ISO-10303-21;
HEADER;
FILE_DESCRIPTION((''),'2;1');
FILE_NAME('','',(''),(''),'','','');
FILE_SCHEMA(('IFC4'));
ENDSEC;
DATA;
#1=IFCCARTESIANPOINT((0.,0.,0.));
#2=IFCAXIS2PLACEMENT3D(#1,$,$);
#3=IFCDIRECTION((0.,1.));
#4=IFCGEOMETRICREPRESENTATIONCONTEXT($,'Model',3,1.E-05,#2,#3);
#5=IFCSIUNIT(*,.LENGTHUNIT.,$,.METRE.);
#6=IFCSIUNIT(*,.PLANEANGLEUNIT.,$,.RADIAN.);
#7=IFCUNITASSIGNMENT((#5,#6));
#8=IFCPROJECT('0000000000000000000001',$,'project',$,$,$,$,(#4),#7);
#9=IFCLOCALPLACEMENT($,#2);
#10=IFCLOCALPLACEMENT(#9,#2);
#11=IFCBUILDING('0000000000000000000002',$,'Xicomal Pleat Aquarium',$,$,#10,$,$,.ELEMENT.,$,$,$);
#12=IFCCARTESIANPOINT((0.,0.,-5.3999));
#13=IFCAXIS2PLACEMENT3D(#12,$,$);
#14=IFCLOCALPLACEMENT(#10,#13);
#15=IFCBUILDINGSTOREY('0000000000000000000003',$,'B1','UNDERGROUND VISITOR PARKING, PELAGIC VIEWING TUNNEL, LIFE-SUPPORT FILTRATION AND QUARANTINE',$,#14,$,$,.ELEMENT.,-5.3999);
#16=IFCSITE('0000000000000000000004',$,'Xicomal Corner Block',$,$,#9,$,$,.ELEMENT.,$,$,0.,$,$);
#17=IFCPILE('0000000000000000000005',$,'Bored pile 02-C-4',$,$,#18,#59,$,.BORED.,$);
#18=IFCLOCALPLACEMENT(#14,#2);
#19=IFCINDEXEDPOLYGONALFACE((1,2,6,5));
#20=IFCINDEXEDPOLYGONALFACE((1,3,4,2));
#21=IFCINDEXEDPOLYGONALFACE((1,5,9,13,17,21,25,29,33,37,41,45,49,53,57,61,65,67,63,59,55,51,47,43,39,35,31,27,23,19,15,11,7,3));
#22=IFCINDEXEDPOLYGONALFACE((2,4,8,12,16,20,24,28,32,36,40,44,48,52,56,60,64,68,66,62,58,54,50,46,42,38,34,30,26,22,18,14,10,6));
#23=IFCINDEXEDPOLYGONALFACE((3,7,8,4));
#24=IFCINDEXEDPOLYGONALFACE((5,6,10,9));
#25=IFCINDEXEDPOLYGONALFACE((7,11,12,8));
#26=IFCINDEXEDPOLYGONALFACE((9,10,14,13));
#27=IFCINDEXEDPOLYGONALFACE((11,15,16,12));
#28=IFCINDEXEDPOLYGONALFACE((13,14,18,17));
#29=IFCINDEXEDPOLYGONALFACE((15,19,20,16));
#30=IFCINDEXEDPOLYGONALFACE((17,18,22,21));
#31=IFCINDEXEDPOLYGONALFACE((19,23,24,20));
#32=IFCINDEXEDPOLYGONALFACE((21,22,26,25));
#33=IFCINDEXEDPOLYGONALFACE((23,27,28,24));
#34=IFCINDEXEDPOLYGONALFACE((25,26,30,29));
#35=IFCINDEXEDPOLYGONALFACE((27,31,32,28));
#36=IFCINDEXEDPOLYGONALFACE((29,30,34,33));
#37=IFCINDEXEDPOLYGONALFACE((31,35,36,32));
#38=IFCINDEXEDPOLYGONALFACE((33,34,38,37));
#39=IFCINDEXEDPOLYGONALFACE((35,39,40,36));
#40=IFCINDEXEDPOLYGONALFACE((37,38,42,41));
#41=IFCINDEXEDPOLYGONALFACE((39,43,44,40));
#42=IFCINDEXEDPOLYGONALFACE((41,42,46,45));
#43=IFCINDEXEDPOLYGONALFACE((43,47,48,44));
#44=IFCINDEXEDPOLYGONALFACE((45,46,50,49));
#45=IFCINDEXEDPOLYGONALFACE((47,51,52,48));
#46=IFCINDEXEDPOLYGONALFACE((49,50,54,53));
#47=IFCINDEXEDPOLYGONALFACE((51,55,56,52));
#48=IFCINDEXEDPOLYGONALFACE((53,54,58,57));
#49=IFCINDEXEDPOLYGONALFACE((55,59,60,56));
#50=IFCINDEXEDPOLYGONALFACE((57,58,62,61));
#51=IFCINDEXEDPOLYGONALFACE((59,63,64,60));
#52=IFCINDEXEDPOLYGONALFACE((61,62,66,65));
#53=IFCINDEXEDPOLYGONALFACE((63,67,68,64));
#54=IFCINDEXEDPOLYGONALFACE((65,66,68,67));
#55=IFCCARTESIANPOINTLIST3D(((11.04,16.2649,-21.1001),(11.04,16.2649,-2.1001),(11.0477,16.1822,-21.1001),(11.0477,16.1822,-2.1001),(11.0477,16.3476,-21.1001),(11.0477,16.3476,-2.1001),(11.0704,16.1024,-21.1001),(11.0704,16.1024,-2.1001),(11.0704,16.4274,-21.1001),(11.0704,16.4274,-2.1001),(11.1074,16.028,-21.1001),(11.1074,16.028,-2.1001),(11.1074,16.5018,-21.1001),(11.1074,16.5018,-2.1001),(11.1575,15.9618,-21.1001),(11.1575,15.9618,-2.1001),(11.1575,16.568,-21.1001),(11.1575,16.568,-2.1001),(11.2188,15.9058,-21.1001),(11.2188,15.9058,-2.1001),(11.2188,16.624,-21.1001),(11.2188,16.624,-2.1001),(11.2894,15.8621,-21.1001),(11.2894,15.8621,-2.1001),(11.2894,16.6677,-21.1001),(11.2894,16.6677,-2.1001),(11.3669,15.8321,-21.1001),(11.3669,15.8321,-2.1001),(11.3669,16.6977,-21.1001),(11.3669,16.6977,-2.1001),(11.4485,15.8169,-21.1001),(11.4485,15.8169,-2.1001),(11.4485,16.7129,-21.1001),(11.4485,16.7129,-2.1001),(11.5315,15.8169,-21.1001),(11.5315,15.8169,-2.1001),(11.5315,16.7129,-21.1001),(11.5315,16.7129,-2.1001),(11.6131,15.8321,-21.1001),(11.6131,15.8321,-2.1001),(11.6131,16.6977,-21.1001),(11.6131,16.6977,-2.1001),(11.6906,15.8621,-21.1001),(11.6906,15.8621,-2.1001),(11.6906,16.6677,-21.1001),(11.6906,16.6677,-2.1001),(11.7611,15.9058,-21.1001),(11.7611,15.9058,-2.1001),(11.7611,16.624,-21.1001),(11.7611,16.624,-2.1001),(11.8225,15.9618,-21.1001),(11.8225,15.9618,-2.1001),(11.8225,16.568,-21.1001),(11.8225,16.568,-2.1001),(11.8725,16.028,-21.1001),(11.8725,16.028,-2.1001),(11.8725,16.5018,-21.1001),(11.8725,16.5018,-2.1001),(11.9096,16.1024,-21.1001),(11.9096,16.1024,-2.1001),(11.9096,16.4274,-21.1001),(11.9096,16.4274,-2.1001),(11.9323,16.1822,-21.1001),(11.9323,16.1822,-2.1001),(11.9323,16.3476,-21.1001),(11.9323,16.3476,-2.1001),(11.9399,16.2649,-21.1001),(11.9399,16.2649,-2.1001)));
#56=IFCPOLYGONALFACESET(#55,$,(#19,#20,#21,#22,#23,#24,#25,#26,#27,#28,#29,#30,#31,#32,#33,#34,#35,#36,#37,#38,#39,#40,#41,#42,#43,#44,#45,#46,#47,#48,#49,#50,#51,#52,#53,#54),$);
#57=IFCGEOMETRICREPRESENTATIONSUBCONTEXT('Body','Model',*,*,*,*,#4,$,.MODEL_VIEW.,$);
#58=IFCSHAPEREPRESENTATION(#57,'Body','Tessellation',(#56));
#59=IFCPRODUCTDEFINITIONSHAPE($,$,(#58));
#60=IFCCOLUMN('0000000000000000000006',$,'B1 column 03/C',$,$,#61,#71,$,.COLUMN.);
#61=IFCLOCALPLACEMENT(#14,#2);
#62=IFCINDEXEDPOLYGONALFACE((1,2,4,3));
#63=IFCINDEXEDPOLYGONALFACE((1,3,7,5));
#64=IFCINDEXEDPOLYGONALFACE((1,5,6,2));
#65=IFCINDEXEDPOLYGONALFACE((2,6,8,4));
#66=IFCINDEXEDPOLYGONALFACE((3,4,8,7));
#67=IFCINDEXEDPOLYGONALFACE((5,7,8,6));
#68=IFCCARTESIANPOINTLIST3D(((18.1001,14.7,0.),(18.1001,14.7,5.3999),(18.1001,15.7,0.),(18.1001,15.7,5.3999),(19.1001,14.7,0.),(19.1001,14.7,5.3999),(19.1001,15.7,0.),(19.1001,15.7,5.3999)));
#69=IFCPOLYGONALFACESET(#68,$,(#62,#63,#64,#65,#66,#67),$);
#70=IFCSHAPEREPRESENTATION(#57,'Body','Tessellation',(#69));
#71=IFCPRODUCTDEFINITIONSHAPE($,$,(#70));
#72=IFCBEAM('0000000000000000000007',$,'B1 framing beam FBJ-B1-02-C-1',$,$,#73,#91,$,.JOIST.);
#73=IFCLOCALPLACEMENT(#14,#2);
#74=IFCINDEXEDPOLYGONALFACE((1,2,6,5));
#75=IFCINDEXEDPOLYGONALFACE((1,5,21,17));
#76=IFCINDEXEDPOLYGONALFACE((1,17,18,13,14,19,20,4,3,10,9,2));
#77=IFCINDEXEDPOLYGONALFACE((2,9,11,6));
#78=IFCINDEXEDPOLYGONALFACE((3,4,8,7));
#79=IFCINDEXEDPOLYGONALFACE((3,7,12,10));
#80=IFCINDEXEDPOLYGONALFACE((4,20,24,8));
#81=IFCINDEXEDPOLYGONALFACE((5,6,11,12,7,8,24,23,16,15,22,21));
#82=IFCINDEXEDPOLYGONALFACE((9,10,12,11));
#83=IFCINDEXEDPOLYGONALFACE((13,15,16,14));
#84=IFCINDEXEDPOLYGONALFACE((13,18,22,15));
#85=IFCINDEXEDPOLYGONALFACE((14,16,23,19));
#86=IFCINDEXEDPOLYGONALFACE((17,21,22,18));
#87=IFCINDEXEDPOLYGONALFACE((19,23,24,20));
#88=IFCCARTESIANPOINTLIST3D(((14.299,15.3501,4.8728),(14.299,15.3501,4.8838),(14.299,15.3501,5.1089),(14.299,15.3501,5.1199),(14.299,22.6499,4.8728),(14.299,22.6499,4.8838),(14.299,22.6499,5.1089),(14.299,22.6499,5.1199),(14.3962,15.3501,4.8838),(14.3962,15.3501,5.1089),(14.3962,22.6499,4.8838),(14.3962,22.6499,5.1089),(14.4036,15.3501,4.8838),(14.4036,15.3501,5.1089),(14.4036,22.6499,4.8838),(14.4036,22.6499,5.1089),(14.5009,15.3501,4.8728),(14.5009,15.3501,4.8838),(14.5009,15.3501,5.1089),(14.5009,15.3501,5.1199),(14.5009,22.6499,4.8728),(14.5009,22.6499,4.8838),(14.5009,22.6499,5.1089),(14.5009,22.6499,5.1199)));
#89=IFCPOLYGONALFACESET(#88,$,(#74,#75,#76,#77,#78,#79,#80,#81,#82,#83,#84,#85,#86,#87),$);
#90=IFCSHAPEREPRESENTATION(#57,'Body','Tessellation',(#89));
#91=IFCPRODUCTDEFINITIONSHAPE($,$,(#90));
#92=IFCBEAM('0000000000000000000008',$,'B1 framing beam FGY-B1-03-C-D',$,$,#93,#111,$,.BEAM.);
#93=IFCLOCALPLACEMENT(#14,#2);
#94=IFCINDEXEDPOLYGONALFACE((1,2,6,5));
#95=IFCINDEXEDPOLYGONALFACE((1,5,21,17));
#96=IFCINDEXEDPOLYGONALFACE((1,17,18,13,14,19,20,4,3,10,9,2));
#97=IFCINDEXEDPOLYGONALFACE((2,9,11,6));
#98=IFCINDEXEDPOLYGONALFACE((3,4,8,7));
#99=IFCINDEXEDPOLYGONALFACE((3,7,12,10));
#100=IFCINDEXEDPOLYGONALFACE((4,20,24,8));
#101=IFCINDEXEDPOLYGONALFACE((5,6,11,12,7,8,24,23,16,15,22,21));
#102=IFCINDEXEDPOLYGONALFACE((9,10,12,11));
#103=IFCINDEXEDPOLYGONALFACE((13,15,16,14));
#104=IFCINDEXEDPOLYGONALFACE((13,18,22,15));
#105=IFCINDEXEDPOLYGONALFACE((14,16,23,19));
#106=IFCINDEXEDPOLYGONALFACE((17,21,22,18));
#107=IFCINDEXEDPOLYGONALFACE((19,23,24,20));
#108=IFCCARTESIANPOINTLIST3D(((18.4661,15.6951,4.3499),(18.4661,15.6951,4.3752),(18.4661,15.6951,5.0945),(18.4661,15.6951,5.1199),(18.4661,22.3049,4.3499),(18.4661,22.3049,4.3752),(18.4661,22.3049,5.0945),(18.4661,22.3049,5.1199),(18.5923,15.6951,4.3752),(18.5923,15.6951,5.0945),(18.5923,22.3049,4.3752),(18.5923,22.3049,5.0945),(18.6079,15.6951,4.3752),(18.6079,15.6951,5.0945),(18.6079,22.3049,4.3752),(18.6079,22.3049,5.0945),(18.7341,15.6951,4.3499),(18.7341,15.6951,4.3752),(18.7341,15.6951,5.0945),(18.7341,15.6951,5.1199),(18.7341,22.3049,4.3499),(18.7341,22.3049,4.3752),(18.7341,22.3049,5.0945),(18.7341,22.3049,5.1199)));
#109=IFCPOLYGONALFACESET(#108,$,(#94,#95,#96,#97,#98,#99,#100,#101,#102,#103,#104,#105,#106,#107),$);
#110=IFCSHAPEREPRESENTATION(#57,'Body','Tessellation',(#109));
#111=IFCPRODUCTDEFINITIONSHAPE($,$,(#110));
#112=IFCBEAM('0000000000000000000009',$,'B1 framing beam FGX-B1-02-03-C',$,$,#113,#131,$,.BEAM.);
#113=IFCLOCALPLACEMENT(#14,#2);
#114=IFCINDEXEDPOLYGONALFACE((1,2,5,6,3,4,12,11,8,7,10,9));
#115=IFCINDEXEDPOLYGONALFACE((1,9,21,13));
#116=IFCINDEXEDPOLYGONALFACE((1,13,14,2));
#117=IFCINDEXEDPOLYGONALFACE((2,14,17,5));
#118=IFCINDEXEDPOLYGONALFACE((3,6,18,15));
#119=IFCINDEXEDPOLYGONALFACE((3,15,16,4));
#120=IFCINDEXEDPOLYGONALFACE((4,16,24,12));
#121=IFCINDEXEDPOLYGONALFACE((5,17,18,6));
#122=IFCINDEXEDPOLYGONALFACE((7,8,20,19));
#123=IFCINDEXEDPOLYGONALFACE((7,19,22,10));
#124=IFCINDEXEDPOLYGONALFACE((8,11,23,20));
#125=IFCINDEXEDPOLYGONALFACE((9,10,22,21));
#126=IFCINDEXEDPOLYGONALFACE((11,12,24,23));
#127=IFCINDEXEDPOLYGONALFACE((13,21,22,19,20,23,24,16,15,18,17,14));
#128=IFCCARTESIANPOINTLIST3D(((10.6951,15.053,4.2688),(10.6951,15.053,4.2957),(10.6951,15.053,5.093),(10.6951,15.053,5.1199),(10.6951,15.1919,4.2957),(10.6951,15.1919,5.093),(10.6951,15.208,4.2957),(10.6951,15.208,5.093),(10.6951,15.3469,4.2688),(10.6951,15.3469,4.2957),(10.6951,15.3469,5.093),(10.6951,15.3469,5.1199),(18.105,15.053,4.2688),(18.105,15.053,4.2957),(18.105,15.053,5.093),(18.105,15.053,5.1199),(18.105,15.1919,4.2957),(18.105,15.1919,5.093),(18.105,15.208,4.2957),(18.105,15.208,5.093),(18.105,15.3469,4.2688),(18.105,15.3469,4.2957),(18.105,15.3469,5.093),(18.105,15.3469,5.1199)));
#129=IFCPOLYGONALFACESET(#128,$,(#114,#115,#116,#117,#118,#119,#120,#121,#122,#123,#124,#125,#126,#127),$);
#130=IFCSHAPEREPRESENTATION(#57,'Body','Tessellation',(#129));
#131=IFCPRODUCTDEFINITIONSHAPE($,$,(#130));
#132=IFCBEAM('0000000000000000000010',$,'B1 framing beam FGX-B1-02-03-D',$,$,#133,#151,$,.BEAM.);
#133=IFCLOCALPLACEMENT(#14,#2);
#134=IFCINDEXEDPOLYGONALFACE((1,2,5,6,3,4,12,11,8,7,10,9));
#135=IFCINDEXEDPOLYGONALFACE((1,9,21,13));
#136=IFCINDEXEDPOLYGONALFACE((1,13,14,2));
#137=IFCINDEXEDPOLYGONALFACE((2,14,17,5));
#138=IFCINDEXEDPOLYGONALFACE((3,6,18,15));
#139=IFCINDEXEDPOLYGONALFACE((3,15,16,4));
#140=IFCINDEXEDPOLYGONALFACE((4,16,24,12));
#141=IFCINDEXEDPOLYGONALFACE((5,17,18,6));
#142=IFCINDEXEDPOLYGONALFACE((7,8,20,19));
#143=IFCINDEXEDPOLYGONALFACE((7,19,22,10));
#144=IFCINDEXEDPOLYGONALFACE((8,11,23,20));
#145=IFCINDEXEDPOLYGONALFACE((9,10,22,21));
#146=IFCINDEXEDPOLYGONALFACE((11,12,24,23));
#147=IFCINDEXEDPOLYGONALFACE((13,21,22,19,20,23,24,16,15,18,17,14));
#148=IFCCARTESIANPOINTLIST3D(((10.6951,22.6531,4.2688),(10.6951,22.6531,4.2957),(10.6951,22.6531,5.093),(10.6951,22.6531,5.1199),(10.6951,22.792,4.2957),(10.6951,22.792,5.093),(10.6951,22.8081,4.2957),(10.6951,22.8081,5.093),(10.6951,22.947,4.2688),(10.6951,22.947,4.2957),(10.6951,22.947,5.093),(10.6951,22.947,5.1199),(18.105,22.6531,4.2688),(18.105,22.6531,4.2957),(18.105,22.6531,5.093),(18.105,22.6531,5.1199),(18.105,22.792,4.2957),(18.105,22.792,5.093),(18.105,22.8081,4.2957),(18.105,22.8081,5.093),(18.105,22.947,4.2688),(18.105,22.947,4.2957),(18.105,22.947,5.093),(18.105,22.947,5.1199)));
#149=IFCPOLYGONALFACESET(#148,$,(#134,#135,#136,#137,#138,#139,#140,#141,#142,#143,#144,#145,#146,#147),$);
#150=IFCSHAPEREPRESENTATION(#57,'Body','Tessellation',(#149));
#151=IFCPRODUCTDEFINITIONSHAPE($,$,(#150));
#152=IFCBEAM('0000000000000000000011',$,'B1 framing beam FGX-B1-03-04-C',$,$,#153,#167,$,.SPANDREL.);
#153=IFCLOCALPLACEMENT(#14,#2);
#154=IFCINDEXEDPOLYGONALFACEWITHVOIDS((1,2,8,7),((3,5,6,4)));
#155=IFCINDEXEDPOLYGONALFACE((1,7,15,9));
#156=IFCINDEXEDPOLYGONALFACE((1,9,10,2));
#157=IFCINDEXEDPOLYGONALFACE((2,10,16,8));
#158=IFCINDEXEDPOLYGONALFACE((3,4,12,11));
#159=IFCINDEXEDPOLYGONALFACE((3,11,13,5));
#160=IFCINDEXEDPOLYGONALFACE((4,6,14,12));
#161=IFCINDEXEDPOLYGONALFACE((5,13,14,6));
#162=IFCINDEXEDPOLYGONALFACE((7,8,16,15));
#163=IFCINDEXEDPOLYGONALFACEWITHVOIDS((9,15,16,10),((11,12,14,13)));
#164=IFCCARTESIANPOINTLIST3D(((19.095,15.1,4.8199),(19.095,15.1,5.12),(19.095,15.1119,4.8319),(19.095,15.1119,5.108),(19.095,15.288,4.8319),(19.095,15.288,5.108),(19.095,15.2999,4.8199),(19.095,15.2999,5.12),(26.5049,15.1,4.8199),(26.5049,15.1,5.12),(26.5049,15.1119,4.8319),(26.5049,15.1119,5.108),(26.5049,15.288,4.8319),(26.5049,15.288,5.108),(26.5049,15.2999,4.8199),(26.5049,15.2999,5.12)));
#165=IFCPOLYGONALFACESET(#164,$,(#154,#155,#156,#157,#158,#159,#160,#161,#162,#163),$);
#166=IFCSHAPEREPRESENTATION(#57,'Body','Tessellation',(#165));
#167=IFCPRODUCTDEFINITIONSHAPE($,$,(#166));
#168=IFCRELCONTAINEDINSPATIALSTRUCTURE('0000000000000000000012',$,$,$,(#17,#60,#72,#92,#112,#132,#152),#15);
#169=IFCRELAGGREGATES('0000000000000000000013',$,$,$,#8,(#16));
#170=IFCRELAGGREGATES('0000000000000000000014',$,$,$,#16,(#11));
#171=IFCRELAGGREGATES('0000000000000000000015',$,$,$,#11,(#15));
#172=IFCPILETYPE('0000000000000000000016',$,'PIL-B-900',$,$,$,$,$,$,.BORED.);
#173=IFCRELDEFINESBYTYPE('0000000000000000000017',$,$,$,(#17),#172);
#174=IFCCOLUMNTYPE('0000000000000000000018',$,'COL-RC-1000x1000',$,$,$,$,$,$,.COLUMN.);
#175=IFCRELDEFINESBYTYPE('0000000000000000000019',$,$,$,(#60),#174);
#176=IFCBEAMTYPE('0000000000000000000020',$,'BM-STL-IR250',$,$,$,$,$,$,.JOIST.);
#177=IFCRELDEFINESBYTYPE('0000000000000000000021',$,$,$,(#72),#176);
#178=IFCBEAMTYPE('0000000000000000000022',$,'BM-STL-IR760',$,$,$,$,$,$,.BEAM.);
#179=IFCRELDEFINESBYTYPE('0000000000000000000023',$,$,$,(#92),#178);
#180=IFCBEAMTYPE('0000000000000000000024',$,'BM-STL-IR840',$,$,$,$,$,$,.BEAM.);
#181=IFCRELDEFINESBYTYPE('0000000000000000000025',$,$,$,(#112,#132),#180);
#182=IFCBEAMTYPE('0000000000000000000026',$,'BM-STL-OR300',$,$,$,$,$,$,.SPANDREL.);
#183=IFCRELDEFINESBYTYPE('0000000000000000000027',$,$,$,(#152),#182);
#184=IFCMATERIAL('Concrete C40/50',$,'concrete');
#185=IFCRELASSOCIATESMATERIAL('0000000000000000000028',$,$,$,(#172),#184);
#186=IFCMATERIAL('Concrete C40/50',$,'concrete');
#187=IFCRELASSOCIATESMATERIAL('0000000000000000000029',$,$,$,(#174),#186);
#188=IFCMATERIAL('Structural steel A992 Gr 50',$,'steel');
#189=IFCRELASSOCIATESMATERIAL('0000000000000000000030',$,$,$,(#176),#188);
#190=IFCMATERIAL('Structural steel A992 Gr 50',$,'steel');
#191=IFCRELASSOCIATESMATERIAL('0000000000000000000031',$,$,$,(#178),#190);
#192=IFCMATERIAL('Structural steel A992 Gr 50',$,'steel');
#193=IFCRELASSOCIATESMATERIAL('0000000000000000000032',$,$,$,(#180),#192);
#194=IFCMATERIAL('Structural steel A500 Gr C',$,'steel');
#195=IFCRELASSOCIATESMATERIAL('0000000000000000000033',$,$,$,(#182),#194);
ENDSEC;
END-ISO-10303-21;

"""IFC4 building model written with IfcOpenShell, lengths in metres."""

from ifc_helpers import new_model, si_unit, direction, frame, origin, origin_2d, place, context, subcontext, project, spatial, rectangle, hollow_rectangle, circle, i_section, extrude, material, material_profile, profile_set, type_object, element, save


model = new_model("IFC4")

# Units and contexts
model_context = context("Model", 3, precision=1e-05, world=origin(), true_north=direction((0.0, 1.0)))
body_context = subcontext(model_context, "Body", "Model", "MODEL_VIEW")
ifc_project = project(units=[si_unit("LENGTHUNIT", "METRE"), si_unit("PLANEANGLEUNIT", "RADIAN")], contexts=[model_context])

# Site, building, storey
site_placement = place(None, origin())
site = spatial("IfcSite", under=ifc_project, at=site_placement, Name="Xicomal Corner Block", CompositionType="ELEMENT", RefElevation=0.0)
building_placement = place(site_placement, origin())
building = spatial("IfcBuilding", under=site, at=building_placement, Name="Xicomal Pleat Aquarium", CompositionType="ELEMENT")
storey_placement = place(building_placement, frame((0.0, 0.0, -5.3999)))
storey = spatial("IfcBuildingStorey", under=building, at=storey_placement, Name="B1", Description="UNDERGROUND VISITOR PARKING, PELAGIC VIEWING TUNNEL, LIFE-SUPPORT FILTRATION AND QUARANTINE", CompositionType="ELEMENT", Elevation=-5.3999)

# Pile
ifc_material_1 = material(Name="Concrete C40/50", Category="concrete")
ifc_material_profile_1 = material_profile(ifc_material_1, circle(Radius=0.45, at=origin_2d()), Name="BORED PILE D900")
ifc_profile_set_1 = profile_set([ifc_material_profile_1], Name="Concrete C40/50")
pile_type_1 = type_object("IfcPileType", Name="PIL-B-900", PredefinedType="BORED", material=ifc_profile_set_1)
for number, where, z_axis, x_axis, name in (
    (1, (11.49, 16.2649, -2.1001), (0.0, 0.0, -1.0), (1.0, 0.0, 0.0), "Bored pile 02-C-4"),
):
    element("IfcPile", number, at=place(storey_placement, frame(where, z_axis=z_axis, x_axis=x_axis)), inside=storey, type_object=pile_type_1, Name=name, PredefinedType="BORED", context=body_context, shape_type="SweptSolid", body=[
        extrude(circle(Radius=0.45, at=origin_2d()), origin(), (0.0, 0.0, 1.0), 19.0),
    ])

# Column
ifc_material_2 = material(Name="Concrete C40/50", Category="concrete")
ifc_material_profile_2 = material_profile(ifc_material_2, rectangle(XDim=1.0, YDim=1.0, at=origin_2d()), Name="RC 1000x1000")
ifc_profile_set_2 = profile_set([ifc_material_profile_2], Name="Concrete C40/50")
column_type = type_object("IfcColumnType", Name="COL-RC-1000x1000", PredefinedType="COLUMN", material=ifc_profile_set_2)
column_placement = place(storey_placement, frame((18.6001, 15.2, 0.0), z_axis=(0.0, 0.0, 1.0), x_axis=(1.0, 0.0, 0.0)))
element("IfcColumn", 2, at=column_placement, inside=storey, type_object=column_type, Name="B1 column 03/C", PredefinedType="COLUMN", context=body_context, shape_type="SweptSolid", body=[
    extrude(rectangle(XDim=1.0, YDim=1.0, at=origin_2d()), origin(), (0.0, 0.0, 1.0), 5.3999),
])

# Beams
ifc_material_3 = material(Name="Structural steel A992 Gr 50", Category="steel")
ifc_material_profile_3 = material_profile(ifc_material_3, i_section(OverallWidth=0.2019, OverallDepth=0.2471, WebThickness=0.0073, FlangeThickness=0.011, at=origin_2d()), Name="IR 250x49")
ifc_profile_set_3 = profile_set([ifc_material_profile_3], Name="Structural steel A992 Gr 50")
beam_type_1 = type_object("IfcBeamType", Name="BM-STL-IR250", PredefinedType="JOIST", material=ifc_profile_set_3)
beam_1_placement = place(storey_placement, frame((14.3999, 15.3501, 4.9963), z_axis=(0.0, 1.0, 0.0), x_axis=(-1.0, 0.0, 0.0)))
element("IfcBeam", 3, at=beam_1_placement, inside=storey, type_object=beam_type_1, Name="B1 framing beam FBJ-B1-02-C-1", PredefinedType="JOIST", context=body_context, shape_type="SweptSolid", body=[
    extrude(i_section(OverallWidth=0.2019, OverallDepth=0.2471, WebThickness=0.0073, FlangeThickness=0.011, at=origin_2d()), origin(), (0.0, 0.0, 1.0), 7.2998),
])
ifc_material_4 = material(Name="Structural steel A992 Gr 50", Category="steel")
ifc_material_profile_4 = material_profile(ifc_material_4, i_section(OverallWidth=0.2681, OverallDepth=0.77, WebThickness=0.0156, FlangeThickness=0.0254, at=origin_2d()), Name="IR 760x196")
ifc_profile_set_4 = profile_set([ifc_material_profile_4], Name="Structural steel A992 Gr 50")
beam_type_2 = type_object("IfcBeamType", Name="BM-STL-IR760", PredefinedType="BEAM", material=ifc_profile_set_4)
beam_2_placement = place(storey_placement, frame((18.6001, 15.6951, 4.7349), z_axis=(0.0, 1.0, 0.0), x_axis=(-1.0, 0.0, 0.0)))
element("IfcBeam", 4, at=beam_2_placement, inside=storey, type_object=beam_type_2, Name="B1 framing beam FGY-B1-03-C-D", PredefinedType="BEAM", context=body_context, shape_type="SweptSolid", body=[
    extrude(i_section(OverallWidth=0.2681, OverallDepth=0.77, WebThickness=0.0156, FlangeThickness=0.0254, at=origin_2d()), origin(), (0.0, 0.0, 1.0), 6.6099),
])
ifc_material_5 = material(Name="Structural steel A992 Gr 50", Category="steel")
ifc_material_profile_5 = material_profile(ifc_material_5, i_section(OverallWidth=0.2939, OverallDepth=0.8511, WebThickness=0.0161, FlangeThickness=0.0269, at=origin_2d()), Name="IR 840x226")
ifc_profile_set_5 = profile_set([ifc_material_profile_5], Name="Structural steel A992 Gr 50")
beam_type_3 = type_object("IfcBeamType", Name="BM-STL-IR840", PredefinedType="BEAM", material=ifc_profile_set_5)
for number, where, z_axis, x_axis, name in (
    (5, (10.6951, 15.2, 4.6943), (1.0, 0.0, 0.0), (0.0, 1.0, 0.0), "B1 framing beam FGX-B1-02-03-C"),
    (6, (10.6951, 22.8, 4.6943), (1.0, 0.0, 0.0), (0.0, 1.0, 0.0), "B1 framing beam FGX-B1-02-03-D"),
):
    element("IfcBeam", number, at=place(storey_placement, frame(where, z_axis=z_axis, x_axis=x_axis)), inside=storey, type_object=beam_type_3, Name=name, PredefinedType="BEAM", context=body_context, shape_type="SweptSolid", body=[
        extrude(i_section(OverallWidth=0.2939, OverallDepth=0.8511, WebThickness=0.0161, FlangeThickness=0.0269, at=origin_2d()), origin(), (0.0, 0.0, 1.0), 7.4099),
    ])
ifc_material_6 = material(Name="Structural steel A500 Gr C", Category="steel")
ifc_material_profile_6 = material_profile(ifc_material_6, hollow_rectangle(XDim=0.2, YDim=0.3, WallThickness=0.012, at=origin_2d()), Name="OR 300x200x12")
ifc_profile_set_6 = profile_set([ifc_material_profile_6], Name="Structural steel A500 Gr C")
beam_type_4 = type_object("IfcBeamType", Name="BM-STL-OR300", PredefinedType="SPANDREL", material=ifc_profile_set_6)
beam_3_placement = place(storey_placement, frame((19.095, 15.2, 4.97), z_axis=(1.0, 0.0, 0.0), x_axis=(0.0, 1.0, 0.0)))
element("IfcBeam", 7, at=beam_3_placement, inside=storey, type_object=beam_type_4, Name="B1 framing beam FGX-B1-03-04-C", PredefinedType="SPANDREL", context=body_context, shape_type="SweptSolid", body=[
    extrude(hollow_rectangle(XDim=0.2, YDim=0.3, WallThickness=0.012, at=origin_2d()), origin(), (0.0, 0.0, 1.0), 7.4099),
])

save(model, "model.ifc")
